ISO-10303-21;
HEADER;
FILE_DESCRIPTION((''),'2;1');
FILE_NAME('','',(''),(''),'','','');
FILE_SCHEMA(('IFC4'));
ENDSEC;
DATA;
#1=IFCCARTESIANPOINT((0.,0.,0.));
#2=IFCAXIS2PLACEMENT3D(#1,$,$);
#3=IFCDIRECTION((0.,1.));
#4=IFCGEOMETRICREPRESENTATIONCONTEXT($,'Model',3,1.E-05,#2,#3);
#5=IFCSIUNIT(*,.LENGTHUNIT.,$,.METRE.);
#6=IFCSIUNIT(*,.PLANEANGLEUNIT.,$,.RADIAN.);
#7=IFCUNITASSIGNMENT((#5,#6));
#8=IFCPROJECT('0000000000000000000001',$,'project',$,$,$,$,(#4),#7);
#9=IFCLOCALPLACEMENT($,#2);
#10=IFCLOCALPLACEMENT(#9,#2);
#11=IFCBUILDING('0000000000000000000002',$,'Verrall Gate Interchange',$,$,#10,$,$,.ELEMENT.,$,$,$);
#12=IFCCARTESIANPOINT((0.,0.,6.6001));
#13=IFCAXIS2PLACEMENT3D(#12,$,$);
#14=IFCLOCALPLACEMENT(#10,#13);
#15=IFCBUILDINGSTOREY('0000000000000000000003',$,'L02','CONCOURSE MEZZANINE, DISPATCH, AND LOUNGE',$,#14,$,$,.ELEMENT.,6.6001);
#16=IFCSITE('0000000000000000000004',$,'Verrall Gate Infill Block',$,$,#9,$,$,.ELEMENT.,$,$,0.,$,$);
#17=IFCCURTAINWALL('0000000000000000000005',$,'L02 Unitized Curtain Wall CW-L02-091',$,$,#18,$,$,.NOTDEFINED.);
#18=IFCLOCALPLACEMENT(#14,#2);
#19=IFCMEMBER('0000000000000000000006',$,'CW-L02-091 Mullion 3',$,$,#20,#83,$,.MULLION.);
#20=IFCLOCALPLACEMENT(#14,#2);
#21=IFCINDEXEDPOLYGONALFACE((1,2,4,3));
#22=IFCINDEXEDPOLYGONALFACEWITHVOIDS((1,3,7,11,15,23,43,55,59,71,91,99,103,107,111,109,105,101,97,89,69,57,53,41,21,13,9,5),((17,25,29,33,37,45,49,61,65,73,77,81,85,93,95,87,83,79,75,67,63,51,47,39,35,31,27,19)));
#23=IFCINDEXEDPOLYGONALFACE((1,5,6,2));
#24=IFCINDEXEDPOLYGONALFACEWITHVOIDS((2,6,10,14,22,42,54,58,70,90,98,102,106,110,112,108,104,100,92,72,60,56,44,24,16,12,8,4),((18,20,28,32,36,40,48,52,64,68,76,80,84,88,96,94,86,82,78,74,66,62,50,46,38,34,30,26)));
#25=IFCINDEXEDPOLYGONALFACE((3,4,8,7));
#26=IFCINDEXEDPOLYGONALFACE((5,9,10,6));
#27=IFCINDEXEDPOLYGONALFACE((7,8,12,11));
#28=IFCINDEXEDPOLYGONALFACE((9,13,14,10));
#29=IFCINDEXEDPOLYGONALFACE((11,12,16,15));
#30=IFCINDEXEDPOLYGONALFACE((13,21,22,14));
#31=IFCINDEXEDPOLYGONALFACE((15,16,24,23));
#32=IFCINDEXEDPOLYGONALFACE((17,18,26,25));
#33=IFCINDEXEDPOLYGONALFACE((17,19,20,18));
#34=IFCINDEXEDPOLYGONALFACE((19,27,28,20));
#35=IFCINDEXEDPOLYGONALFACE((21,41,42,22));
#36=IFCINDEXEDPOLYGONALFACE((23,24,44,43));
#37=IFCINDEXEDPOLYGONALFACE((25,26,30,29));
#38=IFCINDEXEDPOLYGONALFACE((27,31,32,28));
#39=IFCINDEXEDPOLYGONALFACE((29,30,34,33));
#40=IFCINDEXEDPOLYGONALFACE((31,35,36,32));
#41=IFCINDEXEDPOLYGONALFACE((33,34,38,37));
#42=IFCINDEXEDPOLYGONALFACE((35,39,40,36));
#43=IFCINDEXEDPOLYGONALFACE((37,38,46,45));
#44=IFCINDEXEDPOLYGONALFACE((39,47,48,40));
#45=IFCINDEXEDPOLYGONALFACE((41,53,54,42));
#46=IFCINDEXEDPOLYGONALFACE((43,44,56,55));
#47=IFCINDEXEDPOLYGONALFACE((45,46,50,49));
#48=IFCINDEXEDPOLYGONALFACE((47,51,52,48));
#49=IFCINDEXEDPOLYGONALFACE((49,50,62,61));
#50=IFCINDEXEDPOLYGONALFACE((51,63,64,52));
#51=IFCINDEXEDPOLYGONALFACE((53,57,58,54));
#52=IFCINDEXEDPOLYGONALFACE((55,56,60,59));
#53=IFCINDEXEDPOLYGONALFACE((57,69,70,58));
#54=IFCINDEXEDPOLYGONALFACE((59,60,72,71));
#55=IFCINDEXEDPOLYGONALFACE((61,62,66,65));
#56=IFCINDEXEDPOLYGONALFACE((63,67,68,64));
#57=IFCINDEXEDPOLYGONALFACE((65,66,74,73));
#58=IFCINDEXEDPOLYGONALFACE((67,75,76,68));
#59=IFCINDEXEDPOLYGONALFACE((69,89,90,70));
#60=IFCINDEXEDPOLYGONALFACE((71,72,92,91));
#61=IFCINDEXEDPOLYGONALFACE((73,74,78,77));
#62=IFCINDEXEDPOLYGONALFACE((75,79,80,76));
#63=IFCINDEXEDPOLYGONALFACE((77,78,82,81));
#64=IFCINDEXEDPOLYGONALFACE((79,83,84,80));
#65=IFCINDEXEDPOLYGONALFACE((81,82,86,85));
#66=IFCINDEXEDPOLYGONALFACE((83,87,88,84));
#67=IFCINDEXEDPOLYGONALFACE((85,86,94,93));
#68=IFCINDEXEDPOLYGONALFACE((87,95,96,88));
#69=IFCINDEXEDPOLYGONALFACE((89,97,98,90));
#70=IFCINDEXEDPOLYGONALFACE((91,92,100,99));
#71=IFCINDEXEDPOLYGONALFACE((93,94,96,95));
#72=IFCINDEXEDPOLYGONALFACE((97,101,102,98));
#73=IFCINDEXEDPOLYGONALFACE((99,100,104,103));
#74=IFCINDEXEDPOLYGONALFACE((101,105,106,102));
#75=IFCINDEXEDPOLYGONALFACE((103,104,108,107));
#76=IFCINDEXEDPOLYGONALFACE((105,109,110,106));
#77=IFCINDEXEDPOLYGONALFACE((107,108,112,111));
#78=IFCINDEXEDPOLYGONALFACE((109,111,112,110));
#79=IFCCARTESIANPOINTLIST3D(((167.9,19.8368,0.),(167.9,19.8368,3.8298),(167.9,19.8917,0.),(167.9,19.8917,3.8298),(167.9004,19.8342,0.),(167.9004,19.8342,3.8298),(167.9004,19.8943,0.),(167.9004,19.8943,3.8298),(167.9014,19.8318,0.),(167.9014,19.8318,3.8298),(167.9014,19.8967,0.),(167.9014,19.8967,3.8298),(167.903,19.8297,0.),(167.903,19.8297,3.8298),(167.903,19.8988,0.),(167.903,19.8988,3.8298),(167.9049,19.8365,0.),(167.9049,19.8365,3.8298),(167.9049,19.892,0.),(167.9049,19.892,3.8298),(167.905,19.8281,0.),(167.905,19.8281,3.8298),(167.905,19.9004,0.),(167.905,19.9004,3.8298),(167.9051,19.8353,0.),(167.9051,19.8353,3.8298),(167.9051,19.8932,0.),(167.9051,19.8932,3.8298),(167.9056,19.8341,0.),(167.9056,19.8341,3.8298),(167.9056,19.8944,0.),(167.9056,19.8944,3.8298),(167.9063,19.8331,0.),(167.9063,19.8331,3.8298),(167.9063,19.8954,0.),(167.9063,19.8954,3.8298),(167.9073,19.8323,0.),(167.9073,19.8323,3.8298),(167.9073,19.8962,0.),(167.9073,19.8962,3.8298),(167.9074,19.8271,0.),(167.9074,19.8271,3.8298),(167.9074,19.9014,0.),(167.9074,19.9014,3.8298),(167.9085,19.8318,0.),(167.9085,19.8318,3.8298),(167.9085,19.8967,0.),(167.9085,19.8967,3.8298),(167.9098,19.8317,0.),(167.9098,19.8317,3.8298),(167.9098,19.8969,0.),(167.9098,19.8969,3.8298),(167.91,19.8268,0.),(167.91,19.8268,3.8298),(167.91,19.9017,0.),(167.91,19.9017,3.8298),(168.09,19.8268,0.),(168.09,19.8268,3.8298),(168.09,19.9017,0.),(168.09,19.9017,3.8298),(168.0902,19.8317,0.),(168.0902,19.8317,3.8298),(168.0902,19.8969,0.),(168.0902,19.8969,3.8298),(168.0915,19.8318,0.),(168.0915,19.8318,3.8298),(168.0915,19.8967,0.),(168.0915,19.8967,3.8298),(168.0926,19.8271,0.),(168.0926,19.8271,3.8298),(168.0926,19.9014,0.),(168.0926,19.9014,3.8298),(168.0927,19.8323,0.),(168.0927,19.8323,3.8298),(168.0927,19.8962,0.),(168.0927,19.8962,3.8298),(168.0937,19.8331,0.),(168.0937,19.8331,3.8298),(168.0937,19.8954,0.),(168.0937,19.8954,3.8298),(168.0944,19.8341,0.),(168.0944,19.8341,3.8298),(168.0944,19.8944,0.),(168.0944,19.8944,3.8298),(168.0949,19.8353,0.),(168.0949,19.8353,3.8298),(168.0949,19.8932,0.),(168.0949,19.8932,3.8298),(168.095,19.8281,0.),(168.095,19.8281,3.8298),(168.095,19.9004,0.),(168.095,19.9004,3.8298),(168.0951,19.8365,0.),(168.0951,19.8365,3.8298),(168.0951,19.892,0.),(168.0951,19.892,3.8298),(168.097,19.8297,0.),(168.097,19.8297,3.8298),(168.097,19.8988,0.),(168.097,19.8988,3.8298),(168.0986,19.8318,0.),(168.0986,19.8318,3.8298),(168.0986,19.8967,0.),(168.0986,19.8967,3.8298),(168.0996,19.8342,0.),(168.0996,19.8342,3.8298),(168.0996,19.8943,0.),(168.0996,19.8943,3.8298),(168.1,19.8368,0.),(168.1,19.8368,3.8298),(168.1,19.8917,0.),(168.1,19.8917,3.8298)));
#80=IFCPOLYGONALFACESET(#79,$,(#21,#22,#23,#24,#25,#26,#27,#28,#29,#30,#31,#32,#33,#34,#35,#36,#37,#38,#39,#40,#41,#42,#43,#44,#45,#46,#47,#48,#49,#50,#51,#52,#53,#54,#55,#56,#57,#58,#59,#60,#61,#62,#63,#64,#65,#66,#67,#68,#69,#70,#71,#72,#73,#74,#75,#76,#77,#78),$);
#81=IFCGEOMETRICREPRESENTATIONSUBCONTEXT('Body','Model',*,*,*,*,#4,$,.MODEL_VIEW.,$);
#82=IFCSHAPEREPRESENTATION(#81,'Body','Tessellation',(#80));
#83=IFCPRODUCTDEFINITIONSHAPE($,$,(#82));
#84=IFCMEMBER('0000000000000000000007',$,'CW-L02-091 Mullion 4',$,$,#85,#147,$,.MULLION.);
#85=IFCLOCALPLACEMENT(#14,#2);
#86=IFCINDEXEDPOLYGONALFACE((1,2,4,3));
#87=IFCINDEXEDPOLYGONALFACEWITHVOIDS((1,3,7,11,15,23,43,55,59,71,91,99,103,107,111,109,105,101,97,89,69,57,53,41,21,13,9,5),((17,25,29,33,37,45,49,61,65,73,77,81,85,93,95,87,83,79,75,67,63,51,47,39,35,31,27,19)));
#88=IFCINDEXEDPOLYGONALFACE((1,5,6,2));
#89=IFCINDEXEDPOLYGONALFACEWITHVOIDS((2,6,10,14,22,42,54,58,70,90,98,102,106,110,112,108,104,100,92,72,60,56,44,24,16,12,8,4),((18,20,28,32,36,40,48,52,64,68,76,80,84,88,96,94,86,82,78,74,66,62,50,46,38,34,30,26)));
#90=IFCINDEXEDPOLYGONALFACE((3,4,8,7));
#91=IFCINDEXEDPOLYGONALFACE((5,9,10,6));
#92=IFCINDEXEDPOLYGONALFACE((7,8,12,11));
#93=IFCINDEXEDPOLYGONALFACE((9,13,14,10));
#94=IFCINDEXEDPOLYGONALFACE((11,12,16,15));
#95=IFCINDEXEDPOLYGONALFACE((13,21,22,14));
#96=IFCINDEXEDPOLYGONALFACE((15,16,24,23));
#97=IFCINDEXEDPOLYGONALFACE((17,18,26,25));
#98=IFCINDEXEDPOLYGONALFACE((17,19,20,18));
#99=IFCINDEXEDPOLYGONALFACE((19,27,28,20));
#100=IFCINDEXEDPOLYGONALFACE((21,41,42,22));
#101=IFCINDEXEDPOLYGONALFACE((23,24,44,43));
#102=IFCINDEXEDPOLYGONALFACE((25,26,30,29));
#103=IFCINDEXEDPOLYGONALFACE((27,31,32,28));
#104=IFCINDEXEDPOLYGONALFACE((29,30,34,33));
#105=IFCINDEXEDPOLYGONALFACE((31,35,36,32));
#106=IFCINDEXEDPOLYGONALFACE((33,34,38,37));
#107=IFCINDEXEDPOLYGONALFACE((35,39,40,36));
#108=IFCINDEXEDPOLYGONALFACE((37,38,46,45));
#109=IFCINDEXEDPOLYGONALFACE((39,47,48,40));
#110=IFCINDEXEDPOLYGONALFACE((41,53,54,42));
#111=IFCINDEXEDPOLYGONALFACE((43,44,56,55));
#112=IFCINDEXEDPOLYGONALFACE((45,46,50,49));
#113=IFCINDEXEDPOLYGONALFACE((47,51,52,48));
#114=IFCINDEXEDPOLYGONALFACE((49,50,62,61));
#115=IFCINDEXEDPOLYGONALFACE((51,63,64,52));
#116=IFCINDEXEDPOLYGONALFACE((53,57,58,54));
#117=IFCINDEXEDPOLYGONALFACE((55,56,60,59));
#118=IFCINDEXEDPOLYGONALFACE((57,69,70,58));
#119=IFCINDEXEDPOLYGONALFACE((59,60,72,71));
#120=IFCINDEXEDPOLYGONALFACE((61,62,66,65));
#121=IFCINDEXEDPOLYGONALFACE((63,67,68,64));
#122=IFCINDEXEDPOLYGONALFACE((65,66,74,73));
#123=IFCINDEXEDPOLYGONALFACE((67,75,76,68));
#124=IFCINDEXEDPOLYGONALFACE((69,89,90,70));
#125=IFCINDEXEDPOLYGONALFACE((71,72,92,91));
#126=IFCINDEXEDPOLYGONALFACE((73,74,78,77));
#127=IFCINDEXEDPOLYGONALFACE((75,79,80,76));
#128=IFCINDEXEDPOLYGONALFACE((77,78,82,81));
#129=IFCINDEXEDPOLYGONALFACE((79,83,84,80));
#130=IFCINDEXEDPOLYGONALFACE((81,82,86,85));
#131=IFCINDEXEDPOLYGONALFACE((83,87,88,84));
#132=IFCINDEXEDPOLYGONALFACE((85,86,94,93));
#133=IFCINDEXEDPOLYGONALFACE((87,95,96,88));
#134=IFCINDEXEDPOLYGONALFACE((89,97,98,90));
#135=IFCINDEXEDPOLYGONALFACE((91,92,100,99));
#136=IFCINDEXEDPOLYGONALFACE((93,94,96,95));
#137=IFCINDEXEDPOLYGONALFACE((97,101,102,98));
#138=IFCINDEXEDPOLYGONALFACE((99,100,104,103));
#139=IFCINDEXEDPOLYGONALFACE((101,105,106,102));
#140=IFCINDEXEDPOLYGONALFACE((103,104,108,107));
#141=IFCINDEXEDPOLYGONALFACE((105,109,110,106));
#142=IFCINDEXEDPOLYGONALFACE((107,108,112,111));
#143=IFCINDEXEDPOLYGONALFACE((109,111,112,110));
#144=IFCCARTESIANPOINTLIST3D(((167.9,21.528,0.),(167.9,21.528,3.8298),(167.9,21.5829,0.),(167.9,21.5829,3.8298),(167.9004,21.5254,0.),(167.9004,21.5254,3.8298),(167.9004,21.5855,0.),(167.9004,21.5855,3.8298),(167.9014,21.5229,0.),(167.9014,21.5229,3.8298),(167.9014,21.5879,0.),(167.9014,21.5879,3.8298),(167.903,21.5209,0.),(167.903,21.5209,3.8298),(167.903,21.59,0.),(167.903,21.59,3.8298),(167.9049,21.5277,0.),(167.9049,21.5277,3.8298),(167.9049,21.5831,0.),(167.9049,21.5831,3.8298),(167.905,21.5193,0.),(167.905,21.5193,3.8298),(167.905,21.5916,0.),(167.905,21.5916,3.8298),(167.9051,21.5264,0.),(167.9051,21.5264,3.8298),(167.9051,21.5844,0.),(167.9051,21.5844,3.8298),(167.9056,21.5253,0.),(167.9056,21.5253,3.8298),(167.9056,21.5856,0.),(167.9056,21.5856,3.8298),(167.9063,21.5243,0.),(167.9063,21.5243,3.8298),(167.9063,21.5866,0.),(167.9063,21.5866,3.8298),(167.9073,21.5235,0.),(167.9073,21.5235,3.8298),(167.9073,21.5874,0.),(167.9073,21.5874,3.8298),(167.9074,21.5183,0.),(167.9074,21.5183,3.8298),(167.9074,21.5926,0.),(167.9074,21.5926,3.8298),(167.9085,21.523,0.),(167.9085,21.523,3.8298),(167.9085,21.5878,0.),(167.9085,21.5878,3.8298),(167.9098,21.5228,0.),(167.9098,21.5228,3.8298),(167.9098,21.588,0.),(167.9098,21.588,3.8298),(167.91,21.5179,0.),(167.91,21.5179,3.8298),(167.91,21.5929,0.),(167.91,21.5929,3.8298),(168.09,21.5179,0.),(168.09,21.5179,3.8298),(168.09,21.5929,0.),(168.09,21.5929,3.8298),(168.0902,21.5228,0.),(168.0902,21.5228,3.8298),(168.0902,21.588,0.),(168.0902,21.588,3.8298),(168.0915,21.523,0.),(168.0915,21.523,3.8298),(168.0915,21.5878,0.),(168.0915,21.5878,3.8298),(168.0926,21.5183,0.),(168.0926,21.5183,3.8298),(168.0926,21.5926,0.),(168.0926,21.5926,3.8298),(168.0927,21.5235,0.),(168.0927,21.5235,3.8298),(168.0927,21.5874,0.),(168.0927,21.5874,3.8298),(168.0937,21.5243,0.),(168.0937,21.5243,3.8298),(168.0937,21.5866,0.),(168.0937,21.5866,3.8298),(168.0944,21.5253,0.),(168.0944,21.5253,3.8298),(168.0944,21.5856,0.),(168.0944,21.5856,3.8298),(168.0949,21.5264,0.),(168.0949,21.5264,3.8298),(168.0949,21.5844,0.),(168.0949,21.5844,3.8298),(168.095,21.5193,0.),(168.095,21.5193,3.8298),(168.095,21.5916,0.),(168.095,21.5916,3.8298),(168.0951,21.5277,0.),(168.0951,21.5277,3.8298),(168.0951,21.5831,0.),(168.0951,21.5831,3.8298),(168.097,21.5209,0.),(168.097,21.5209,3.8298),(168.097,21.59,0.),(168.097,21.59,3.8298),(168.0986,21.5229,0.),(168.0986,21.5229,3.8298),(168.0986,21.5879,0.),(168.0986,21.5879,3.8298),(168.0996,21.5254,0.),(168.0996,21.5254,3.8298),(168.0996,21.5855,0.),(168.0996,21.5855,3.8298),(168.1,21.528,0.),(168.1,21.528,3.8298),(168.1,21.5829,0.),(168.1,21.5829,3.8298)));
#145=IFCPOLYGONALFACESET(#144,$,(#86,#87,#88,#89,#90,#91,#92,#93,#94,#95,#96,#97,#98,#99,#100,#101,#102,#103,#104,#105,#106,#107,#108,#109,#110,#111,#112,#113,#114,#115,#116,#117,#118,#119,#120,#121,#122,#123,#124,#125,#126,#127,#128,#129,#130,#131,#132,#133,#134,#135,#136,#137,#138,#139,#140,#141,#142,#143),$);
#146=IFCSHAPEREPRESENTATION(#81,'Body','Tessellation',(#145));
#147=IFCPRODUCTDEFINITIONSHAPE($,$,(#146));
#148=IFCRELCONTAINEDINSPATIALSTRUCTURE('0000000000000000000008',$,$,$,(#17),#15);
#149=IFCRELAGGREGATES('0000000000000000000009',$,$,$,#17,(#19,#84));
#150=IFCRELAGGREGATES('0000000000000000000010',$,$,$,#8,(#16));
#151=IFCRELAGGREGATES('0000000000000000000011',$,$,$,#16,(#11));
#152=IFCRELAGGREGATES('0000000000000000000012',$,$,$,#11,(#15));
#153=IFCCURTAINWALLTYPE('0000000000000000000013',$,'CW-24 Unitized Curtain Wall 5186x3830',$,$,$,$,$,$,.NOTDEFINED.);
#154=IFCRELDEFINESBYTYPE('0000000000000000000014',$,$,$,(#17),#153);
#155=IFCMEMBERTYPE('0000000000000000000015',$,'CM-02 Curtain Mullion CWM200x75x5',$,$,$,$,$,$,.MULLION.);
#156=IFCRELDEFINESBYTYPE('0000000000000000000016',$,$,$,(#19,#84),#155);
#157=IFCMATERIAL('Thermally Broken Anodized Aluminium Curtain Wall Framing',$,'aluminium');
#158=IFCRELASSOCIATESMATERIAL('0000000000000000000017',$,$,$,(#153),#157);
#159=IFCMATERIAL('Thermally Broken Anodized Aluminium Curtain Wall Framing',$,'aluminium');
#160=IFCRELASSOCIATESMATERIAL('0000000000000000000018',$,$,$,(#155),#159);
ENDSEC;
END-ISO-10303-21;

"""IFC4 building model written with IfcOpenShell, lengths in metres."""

from ifc_helpers import new_model, si_unit, direction, frame, origin, origin_2d, place, context, subcontext, project, spatial, hollow_rectangle, extrude, material, material_profile, profile_set, type_object, element, aggregate, save


model = new_model("IFC4")

# Units and contexts
model_context = context("Model", 3, precision=1e-05, world=origin(), true_north=direction((0.0, 1.0)))
body_context = subcontext(model_context, "Body", "Model", "MODEL_VIEW")
ifc_project = project(units=[si_unit("LENGTHUNIT", "METRE"), si_unit("PLANEANGLEUNIT", "RADIAN")], contexts=[model_context])

# Site, building, storey
site_placement = place(None, origin())
site = spatial("IfcSite", under=ifc_project, at=site_placement, Name="Verrall Gate Infill Block", CompositionType="ELEMENT", RefElevation=0.0)
building_placement = place(site_placement, origin())
building = spatial("IfcBuilding", under=site, at=building_placement, Name="Verrall Gate Interchange", CompositionType="ELEMENT")
storey_placement = place(building_placement, frame((0.0, 0.0, 6.6001)))
storey = spatial("IfcBuildingStorey", under=building, at=storey_placement, Name="L02", Description="CONCOURSE MEZZANINE, DISPATCH, AND LOUNGE", CompositionType="ELEMENT", Elevation=6.6001)

# Curtain wall, members
ifc_material_1 = material(Name="Thermally Broken Anodized Aluminium Curtain Wall Framing", Category="aluminium")
curtain_wall_type_1 = type_object("IfcCurtainWallType", Name="CW-24 Unitized Curtain Wall 5186x3830", PredefinedType="NOTDEFINED", material=ifc_material_1)
curtain_wall_1_placement = place(storey_placement, origin())
curtain_wall_1 = element("IfcCurtainWall", 1, at=curtain_wall_1_placement, inside=storey, type_object=curtain_wall_type_1, Name="L02 Unitized Curtain Wall CW-L02-091", PredefinedType="NOTDEFINED")
ifc_material_2 = material(Name="Thermally Broken Anodized Aluminium Curtain Wall Framing", Category="aluminium")
ifc_material_profile_1 = material_profile(ifc_material_2, hollow_rectangle(XDim=0.075, YDim=0.2, WallThickness=0.0049, InnerFilletRadius=0.0049, OuterFilletRadius=0.01, at=origin_2d()), Name="CWM200x75x5")
ifc_profile_set_1 = profile_set([ifc_material_profile_1], Name="Thermally Broken Anodized Aluminium Curtain Wall Framing")
member_type_1 = type_object("IfcMemberType", Name="CM-02 Curtain Mullion CWM200x75x5", PredefinedType="MULLION", material=ifc_profile_set_1)
member_1_placement = place(storey_placement, frame((168.0, 19.8643, 0.0), z_axis=(0.0, 0.0, 1.0), x_axis=(0.0, 1.0, 0.0)))
member_1 = element("IfcMember", 2, at=member_1_placement, type_object=member_type_1, Name="CW-L02-091 Mullion 3", PredefinedType="MULLION", context=body_context, shape_type="SweptSolid", body=[
    extrude(hollow_rectangle(XDim=0.075, YDim=0.2, WallThickness=0.0049, InnerFilletRadius=0.0049, OuterFilletRadius=0.01, at=origin_2d()), origin(), (0.0, 0.0, 1.0), 3.8298),
])
member_2_placement = place(storey_placement, frame((168.0, 21.5554, 0.0), z_axis=(0.0, 0.0, 1.0), x_axis=(0.0, 1.0, 0.0)))
member_2 = element("IfcMember", 3, at=member_2_placement, type_object=member_type_1, Name="CW-L02-091 Mullion 4", PredefinedType="MULLION", context=body_context, shape_type="SweptSolid", body=[
    extrude(hollow_rectangle(XDim=0.075, YDim=0.2, WallThickness=0.0049, InnerFilletRadius=0.0049, OuterFilletRadius=0.01, at=origin_2d()), origin(), (0.0, 0.0, 1.0), 3.8298),
])

aggregate(curtain_wall_1, [member_1, member_2])

save(model, "model.ifc")
